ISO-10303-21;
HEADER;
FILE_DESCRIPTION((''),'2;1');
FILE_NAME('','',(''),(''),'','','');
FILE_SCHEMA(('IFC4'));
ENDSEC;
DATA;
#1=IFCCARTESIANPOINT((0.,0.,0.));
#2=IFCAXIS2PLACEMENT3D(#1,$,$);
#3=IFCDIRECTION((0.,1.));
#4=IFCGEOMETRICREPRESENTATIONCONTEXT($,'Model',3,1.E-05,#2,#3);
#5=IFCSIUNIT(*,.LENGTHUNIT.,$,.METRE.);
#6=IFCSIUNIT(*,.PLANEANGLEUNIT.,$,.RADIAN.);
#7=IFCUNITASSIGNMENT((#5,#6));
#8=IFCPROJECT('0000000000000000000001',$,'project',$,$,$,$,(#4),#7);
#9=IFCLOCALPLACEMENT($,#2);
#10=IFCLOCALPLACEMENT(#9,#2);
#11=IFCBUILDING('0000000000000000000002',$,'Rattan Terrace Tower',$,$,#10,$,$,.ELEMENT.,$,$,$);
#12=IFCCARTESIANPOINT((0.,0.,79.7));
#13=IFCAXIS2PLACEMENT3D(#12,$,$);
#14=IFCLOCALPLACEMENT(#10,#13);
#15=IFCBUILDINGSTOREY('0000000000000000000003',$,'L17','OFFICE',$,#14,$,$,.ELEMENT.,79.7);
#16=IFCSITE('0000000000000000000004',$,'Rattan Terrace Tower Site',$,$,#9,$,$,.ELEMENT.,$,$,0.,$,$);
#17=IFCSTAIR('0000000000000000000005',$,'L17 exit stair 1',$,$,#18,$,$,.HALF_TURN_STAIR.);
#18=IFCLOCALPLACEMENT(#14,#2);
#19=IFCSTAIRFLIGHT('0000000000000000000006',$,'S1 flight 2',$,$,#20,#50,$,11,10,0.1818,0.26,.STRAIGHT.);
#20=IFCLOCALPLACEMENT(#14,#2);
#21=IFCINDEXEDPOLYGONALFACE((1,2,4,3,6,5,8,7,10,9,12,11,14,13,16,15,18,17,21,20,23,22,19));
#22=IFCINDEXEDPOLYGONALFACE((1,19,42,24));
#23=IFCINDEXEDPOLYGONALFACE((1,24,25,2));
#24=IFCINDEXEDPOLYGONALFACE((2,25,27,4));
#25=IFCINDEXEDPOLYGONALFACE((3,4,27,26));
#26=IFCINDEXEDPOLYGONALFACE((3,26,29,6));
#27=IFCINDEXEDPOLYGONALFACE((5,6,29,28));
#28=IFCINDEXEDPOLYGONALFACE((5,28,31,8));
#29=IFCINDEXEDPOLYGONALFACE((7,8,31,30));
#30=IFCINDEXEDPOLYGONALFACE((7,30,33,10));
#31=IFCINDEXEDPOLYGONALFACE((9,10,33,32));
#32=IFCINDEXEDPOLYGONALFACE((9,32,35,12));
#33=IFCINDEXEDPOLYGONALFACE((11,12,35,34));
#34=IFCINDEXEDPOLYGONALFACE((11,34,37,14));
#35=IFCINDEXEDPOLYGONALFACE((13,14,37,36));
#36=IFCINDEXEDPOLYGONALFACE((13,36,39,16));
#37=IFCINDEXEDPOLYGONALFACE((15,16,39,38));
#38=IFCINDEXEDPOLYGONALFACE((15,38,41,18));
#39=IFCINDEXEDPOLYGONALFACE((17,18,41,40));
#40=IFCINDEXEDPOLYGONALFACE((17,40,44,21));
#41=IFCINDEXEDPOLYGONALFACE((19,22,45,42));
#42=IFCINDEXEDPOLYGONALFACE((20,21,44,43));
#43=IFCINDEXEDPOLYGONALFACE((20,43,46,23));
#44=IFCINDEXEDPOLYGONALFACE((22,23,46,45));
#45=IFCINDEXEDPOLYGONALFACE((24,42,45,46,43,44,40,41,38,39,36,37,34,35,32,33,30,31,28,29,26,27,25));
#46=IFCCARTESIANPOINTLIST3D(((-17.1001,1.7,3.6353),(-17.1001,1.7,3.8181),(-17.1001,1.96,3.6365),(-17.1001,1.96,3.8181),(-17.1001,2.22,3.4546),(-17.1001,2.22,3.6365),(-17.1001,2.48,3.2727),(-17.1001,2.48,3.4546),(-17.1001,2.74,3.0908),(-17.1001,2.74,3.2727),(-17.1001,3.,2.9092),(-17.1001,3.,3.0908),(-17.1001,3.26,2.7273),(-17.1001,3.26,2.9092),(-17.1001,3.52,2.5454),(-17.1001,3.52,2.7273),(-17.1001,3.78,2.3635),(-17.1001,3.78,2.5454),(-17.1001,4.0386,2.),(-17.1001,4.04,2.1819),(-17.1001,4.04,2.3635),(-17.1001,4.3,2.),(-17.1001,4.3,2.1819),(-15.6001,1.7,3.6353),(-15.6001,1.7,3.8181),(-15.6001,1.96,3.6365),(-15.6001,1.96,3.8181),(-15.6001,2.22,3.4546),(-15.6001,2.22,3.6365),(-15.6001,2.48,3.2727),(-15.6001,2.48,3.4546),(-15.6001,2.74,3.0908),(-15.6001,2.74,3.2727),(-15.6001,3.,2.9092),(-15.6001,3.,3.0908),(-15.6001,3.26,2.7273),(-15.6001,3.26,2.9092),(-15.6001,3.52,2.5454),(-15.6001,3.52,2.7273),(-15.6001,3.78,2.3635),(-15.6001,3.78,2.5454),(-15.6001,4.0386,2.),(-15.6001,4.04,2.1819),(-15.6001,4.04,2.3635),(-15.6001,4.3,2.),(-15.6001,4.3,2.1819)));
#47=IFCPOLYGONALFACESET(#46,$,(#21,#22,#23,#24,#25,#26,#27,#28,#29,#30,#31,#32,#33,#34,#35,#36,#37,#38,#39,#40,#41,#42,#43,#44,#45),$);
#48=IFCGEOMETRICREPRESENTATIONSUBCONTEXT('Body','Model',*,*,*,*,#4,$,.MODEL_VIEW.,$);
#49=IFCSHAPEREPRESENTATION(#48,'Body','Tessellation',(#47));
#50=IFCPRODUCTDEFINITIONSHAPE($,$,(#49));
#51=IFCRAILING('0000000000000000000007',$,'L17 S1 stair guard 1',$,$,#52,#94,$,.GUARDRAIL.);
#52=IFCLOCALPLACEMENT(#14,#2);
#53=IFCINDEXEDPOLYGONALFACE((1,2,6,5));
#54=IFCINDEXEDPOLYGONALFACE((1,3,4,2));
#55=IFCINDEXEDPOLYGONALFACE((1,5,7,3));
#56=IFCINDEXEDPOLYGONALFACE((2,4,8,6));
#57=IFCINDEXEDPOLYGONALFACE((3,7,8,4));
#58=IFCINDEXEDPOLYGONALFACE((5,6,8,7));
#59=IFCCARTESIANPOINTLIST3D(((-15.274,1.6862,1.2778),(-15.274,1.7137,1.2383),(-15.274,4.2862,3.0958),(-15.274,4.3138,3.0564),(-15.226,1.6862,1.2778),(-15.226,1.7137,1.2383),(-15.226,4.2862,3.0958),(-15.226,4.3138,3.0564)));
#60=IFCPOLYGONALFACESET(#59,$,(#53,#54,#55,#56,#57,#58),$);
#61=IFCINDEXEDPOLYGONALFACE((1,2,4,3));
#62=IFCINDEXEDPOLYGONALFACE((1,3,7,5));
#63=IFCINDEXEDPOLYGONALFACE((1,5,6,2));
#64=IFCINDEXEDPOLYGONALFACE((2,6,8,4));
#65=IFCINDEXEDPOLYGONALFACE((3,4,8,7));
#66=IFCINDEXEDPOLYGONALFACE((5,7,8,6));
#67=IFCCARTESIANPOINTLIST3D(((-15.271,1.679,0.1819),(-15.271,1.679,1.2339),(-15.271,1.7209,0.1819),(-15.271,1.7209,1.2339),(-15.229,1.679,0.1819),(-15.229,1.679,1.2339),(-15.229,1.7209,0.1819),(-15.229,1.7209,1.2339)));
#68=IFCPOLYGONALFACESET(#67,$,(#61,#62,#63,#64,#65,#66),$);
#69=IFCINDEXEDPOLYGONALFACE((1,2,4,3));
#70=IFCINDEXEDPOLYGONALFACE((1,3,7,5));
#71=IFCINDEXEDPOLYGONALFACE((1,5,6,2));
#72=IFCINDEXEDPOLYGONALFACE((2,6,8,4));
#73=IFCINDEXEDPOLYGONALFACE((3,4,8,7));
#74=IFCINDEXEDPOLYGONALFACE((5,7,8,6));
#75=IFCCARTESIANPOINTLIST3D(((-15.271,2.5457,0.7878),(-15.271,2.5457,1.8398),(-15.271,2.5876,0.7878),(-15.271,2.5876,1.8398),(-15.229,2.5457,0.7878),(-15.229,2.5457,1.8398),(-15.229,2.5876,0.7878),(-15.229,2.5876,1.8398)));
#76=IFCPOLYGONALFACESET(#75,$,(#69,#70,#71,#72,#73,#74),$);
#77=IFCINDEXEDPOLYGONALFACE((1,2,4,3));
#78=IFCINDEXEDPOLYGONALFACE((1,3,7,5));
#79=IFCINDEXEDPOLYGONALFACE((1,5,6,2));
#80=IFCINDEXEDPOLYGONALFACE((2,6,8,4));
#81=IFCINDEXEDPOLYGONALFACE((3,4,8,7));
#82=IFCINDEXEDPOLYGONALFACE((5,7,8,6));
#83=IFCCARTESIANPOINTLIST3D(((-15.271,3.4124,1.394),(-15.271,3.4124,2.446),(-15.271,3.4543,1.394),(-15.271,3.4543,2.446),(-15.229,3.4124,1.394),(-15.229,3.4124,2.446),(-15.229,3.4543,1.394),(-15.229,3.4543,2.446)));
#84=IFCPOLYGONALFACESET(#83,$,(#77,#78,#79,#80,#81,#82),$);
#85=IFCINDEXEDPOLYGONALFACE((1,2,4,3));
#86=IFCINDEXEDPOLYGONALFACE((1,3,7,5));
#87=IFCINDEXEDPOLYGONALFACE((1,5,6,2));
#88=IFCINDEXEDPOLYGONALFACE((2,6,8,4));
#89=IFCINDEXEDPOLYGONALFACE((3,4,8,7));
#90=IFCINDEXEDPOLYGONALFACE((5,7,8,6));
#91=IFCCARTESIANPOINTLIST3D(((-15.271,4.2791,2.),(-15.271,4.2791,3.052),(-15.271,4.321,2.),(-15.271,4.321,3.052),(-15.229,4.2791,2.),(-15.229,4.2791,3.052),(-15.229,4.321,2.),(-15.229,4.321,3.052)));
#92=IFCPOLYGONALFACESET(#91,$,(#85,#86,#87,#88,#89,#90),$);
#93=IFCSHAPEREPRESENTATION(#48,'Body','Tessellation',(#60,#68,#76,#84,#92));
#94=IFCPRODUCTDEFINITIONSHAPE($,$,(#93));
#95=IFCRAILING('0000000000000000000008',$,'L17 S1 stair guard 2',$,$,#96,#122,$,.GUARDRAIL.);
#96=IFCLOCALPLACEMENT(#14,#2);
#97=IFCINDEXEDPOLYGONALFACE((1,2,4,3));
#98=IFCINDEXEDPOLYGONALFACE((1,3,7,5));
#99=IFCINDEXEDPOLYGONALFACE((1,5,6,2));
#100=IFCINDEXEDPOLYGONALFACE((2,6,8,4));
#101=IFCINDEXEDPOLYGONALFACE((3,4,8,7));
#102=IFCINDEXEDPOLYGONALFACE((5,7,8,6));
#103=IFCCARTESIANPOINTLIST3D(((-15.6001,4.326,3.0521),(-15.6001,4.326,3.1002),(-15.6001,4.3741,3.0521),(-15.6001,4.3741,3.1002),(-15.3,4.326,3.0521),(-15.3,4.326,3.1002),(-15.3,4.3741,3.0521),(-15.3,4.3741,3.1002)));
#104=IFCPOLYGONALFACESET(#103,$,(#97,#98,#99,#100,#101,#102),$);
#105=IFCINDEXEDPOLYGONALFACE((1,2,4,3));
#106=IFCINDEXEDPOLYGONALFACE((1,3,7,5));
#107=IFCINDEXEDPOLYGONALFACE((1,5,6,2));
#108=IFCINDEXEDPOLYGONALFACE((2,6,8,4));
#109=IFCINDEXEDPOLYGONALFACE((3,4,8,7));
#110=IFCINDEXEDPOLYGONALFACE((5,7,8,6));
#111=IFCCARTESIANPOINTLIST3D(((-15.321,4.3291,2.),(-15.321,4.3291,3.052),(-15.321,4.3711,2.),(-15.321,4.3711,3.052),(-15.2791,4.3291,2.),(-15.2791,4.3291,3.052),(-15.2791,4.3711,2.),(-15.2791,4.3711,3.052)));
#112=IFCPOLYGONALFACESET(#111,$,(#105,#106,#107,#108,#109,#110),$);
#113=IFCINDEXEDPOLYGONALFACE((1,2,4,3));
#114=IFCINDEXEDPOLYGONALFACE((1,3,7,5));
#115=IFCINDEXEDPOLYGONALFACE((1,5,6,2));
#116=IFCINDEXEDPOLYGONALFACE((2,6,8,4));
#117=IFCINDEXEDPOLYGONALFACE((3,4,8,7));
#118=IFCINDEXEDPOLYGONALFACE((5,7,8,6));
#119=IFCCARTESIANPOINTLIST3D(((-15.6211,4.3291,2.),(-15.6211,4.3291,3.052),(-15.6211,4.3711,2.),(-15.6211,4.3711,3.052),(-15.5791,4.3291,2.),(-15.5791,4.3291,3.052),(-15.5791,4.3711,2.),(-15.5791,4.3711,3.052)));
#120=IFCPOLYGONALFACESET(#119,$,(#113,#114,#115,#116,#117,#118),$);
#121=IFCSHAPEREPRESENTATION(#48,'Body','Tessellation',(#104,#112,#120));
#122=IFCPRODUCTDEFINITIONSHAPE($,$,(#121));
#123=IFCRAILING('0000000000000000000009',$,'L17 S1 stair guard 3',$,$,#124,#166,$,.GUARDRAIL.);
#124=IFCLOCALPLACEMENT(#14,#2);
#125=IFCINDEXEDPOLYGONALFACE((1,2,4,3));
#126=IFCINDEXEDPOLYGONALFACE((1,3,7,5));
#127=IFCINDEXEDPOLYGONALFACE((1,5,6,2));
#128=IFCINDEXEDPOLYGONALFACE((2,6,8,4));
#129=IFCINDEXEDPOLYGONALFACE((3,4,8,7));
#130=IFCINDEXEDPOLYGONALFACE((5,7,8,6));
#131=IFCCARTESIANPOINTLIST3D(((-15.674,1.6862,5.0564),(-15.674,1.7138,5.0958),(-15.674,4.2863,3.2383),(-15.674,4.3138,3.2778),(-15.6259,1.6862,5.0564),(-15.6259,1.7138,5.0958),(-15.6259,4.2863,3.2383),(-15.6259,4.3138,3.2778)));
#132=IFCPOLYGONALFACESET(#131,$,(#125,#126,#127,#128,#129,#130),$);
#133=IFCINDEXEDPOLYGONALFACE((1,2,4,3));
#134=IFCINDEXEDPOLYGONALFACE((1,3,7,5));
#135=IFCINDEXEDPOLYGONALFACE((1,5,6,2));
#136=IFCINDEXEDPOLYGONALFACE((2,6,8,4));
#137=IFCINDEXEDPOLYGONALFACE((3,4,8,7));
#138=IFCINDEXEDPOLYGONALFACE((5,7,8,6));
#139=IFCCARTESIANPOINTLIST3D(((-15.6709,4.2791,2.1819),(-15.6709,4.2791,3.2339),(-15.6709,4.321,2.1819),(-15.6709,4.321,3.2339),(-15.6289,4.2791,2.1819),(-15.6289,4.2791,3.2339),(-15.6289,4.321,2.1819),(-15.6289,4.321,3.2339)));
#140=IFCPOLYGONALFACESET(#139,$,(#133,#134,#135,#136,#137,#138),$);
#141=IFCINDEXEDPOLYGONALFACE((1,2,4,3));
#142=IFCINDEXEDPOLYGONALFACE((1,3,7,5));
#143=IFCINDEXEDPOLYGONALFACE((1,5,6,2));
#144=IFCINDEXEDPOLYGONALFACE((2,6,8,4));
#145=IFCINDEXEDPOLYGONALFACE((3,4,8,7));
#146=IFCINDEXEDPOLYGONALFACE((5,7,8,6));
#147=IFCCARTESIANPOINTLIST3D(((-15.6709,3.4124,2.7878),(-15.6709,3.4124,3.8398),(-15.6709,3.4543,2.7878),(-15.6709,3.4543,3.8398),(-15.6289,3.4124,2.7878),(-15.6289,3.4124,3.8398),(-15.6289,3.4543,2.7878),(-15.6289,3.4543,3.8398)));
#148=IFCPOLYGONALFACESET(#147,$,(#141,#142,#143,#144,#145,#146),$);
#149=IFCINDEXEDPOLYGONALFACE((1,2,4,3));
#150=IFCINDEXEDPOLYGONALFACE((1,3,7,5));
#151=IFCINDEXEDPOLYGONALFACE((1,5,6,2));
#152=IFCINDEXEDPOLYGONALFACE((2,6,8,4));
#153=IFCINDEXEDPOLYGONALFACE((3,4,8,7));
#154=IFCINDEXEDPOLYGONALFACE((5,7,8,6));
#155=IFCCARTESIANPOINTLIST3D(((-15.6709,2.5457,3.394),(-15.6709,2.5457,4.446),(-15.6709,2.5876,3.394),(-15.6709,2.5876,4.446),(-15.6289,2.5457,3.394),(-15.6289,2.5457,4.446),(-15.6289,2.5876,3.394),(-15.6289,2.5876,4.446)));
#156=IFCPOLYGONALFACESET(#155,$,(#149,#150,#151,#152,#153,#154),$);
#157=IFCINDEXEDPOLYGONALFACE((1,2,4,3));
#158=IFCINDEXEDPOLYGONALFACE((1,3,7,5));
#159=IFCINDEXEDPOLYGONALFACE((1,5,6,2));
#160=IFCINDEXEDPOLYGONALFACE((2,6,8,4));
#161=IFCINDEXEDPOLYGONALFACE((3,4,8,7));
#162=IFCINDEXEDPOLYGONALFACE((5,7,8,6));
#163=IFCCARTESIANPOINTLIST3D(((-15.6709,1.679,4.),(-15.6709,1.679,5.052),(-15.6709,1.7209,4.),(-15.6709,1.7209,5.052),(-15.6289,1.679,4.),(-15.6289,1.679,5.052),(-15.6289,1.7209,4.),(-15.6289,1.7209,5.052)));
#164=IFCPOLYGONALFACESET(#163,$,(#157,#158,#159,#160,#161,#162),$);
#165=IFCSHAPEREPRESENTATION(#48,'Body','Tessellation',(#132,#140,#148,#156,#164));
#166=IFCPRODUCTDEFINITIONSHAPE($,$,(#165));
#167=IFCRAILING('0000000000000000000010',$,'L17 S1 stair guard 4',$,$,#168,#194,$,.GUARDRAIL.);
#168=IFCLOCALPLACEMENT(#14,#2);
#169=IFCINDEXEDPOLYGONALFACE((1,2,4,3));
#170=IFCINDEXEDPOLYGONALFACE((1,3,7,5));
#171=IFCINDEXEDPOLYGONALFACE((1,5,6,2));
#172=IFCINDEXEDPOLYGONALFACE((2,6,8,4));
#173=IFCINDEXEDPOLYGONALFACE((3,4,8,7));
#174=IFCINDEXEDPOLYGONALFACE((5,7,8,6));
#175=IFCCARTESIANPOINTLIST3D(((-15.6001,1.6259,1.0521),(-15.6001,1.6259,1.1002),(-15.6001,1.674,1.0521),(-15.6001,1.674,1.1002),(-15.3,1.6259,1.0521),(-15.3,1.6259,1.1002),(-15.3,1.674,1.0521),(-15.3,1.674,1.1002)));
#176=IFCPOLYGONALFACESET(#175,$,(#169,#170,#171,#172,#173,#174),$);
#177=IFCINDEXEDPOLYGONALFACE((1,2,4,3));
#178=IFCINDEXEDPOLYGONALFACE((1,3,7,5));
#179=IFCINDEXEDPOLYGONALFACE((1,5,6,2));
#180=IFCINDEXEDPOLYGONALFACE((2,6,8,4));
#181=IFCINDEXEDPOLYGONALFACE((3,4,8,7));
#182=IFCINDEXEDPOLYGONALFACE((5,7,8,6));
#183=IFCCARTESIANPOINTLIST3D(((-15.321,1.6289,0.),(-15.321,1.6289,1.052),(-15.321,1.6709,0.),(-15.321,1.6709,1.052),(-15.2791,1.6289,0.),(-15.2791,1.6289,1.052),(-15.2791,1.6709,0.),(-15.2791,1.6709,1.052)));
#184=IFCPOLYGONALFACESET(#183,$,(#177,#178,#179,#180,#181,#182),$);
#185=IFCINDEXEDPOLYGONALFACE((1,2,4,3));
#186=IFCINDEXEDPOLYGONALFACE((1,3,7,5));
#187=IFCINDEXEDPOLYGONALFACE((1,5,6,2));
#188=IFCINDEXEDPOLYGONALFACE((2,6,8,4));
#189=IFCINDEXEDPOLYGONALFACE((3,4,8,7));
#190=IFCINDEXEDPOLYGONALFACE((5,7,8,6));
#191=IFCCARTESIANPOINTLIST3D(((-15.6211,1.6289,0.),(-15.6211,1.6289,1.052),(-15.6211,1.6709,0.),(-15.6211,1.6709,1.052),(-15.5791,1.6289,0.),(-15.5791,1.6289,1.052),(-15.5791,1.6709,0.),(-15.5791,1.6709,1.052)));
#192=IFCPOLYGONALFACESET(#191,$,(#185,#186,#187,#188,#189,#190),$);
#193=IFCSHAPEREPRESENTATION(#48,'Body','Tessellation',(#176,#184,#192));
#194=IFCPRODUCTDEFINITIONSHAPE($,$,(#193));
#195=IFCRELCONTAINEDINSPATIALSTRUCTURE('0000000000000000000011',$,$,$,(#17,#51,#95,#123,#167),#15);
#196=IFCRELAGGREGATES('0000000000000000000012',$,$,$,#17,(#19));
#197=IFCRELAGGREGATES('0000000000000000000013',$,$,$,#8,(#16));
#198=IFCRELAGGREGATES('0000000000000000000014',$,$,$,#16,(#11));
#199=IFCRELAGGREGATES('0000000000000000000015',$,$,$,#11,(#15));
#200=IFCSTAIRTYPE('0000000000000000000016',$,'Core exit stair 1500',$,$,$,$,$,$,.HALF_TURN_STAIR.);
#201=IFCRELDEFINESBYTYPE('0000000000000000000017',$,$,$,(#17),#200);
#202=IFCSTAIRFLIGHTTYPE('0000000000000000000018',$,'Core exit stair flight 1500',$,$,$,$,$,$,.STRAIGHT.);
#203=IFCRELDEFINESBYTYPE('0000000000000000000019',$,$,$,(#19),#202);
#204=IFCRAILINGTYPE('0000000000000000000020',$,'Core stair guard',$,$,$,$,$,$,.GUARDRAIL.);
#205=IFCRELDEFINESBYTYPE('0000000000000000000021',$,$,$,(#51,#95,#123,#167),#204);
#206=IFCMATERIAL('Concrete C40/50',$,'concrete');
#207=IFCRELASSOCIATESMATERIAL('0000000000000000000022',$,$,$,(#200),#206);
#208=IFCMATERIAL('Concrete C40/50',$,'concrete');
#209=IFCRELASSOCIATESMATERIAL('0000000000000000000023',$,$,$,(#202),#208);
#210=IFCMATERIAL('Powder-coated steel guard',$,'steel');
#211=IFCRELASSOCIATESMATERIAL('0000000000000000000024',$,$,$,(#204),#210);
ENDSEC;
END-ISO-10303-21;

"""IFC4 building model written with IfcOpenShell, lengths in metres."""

from ifc_helpers import new_model, si_unit, direction, frame, origin, origin_2d, place, context, subcontext, project, spatial, polyline, rectangle, outline, extrude, material, type_object, element, aggregate, save


model = new_model("IFC4")

# Units and contexts
model_context = context("Model", 3, precision=1e-05, world=origin(), true_north=direction((0.0, 1.0)))
body_context = subcontext(model_context, "Body", "Model", "MODEL_VIEW")
ifc_project = project(units=[si_unit("LENGTHUNIT", "METRE"), si_unit("PLANEANGLEUNIT", "RADIAN")], contexts=[model_context])

# Site, building, storey
site_placement = place(None, origin())
site = spatial("IfcSite", under=ifc_project, at=site_placement, Name="Rattan Terrace Tower Site", CompositionType="ELEMENT", RefElevation=0.0)
building_placement = place(site_placement, origin())
building = spatial("IfcBuilding", under=site, at=building_placement, Name="Rattan Terrace Tower", CompositionType="ELEMENT")
storey_placement = place(building_placement, frame((0.0, 0.0, 79.7)))
storey = spatial("IfcBuildingStorey", under=building, at=storey_placement, Name="L17", Description="OFFICE", CompositionType="ELEMENT", Elevation=79.7)

# Stair, stair flight
ifc_material_1 = material(Name="Concrete C40/50", Category="concrete")
stair_type = type_object("IfcStairType", Name="Core exit stair 1500", PredefinedType="HALF_TURN_STAIR", material=ifc_material_1)
stair_placement = place(storey_placement, origin())
stair = element("IfcStair", 1, at=stair_placement, inside=storey, type_object=stair_type, Name="L17 exit stair 1", PredefinedType="HALF_TURN_STAIR")
ifc_material_2 = material(Name="Concrete C40/50", Category="concrete")
stair_flight_type = type_object("IfcStairFlightType", Name="Core exit stair flight 1500", PredefinedType="STRAIGHT", material=ifc_material_2)
stair_flight_1_placement = place(storey_placement, frame((-16.3501, 4.3, 2.0), z_axis=(0.0, 0.0, 1.0), x_axis=(0.0, -1.0, 0.0)))
stair_flight_1 = element("IfcStairFlight", 2, at=stair_flight_1_placement, type_object=stair_flight_type, Name="S1 flight 2", NumberOfRisers=11, NumberOfTreads=10, PredefinedType="STRAIGHT", RiserHeight=0.1818, TreadLength=0.26, context=body_context, shape_type="SweptSolid", body=[
    extrude(outline(polyline([(0.0, 0.0), (0.0, 0.1819), (0.26, 0.1819), (0.26, 0.3635), (0.52, 0.3635), (0.52, 0.5454), (0.78, 0.5454), (0.78, 0.7273), (1.04, 0.7273), (1.04, 0.9092), (1.3, 0.9092), (1.3, 1.0908), (1.5601, 1.0908), (1.5601, 1.2727), (1.8201, 1.2727), (1.8201, 1.4546), (2.0801, 1.4546), (2.0801, 1.6365), (2.3401, 1.6365), (2.3401, 1.8181), (2.6001, 1.8181), (2.6001, 2.0), (2.6001, 1.6353), (0.2615, 0.0), (0.0, 0.0)])), frame((0.0, 0.75, 0.0), z_axis=(0.0, -1.0, 0.0), x_axis=(1.0, 0.0, 0.0)), (0.0, 0.0, 1.0), 1.5),
])
aggregate(stair, [stair_flight_1])

# Railings
ifc_material_3 = material(Name="Powder-coated steel guard", Category="steel")
railing_type_1 = type_object("IfcRailingType", Name="Core stair guard", PredefinedType="GUARDRAIL", material=ifc_material_3)
railing_1_placement = place(storey_placement, frame((-15.25, 1.7, 0.1819)))
element("IfcRailing", 3, at=railing_1_placement, inside=storey, type_object=railing_type_1, Name="L17 S1 stair guard 1", PredefinedType="GUARDRAIL", context=body_context, shape_type="SweptSolid", body=[
    extrude(rectangle(XDim=0.0481, YDim=0.0481, at=origin_2d()), frame((0.0, 0.0, 1.0762), z_axis=(0.0, 0.819521, 0.573049), x_axis=(-1.0, 0.0, 0.0)), (0.0, 0.0, 1.0), 3.1726),
    extrude(rectangle(XDim=0.042, YDim=0.042, at=origin_2d()), origin(), (0.0, 0.0, 1.0), 1.052),
    extrude(rectangle(XDim=0.042, YDim=0.042, at=origin_2d()), frame((0.0, 0.8667, 0.606)), (0.0, 0.0, 1.0), 1.052),
    extrude(rectangle(XDim=0.042, YDim=0.042, at=origin_2d()), frame((0.0, 1.7334, 1.2122)), (0.0, 0.0, 1.0), 1.052),
    extrude(rectangle(XDim=0.042, YDim=0.042, at=origin_2d()), frame((0.0, 2.6001, 1.8181)), (0.0, 0.0, 1.0), 1.052),
])
railing_2_placement = place(storey_placement, frame((-15.3, 4.3501, 2.0)))
element("IfcRailing", 4, at=railing_2_placement, inside=storey, type_object=railing_type_1, Name="L17 S1 stair guard 2", PredefinedType="GUARDRAIL", context=body_context, shape_type="SweptSolid", body=[
    extrude(rectangle(XDim=0.0481, YDim=0.0481, at=origin_2d()), frame((0.0, 0.0, 1.0762), z_axis=(-1.0, 0.0, 0.0), x_axis=(0.0, -1.0, 0.0)), (0.0, 0.0, 1.0), 0.3),
    extrude(rectangle(XDim=0.042, YDim=0.042, at=origin_2d()), origin(), (0.0, 0.0, 1.0), 1.052),
    extrude(rectangle(XDim=0.042, YDim=0.042, at=origin_2d()), frame((-0.3, 0.0, 0.0)), (0.0, 0.0, 1.0), 1.052),
])
railing_3_placement = place(storey_placement, frame((-15.6499, 4.3, 2.1819)))
element("IfcRailing", 5, at=railing_3_placement, inside=storey, type_object=railing_type_1, Name="L17 S1 stair guard 3", PredefinedType="GUARDRAIL", context=body_context, shape_type="SweptSolid", body=[
    extrude(rectangle(XDim=0.0481, YDim=0.0481, at=origin_2d()), frame((0.0, 0.0, 1.0762), z_axis=(0.0, -0.819521, 0.573049), x_axis=(1.0, 0.0, 0.0)), (0.0, 0.0, 1.0), 3.1726),
    extrude(rectangle(XDim=0.042, YDim=0.042, at=origin_2d()), origin(), (0.0, 0.0, 1.0), 1.052),
    extrude(rectangle(XDim=0.042, YDim=0.042, at=origin_2d()), frame((0.0, -0.8667, 0.606)), (0.0, 0.0, 1.0), 1.052),
    extrude(rectangle(XDim=0.042, YDim=0.042, at=origin_2d()), frame((0.0, -1.7334, 1.2122)), (0.0, 0.0, 1.0), 1.052),
    extrude(rectangle(XDim=0.042, YDim=0.042, at=origin_2d()), frame((0.0, -2.6001, 1.8181)), (0.0, 0.0, 1.0), 1.052),
])
railing_4_placement = place(storey_placement, frame((-15.3, 1.6499, 0.0)))
element("IfcRailing", 6, at=railing_4_placement, inside=storey, type_object=railing_type_1, Name="L17 S1 stair guard 4", PredefinedType="GUARDRAIL", context=body_context, shape_type="SweptSolid", body=[
    extrude(rectangle(XDim=0.0481, YDim=0.0481, at=origin_2d()), frame((0.0, 0.0, 1.0762), z_axis=(-1.0, 0.0, 0.0), x_axis=(0.0, -1.0, 0.0)), (0.0, 0.0, 1.0), 0.3),
    extrude(rectangle(XDim=0.042, YDim=0.042, at=origin_2d()), origin(), (0.0, 0.0, 1.0), 1.052),
    extrude(rectangle(XDim=0.042, YDim=0.042, at=origin_2d()), frame((-0.3, 0.0, 0.0)), (0.0, 0.0, 1.0), 1.052),
])

save(model, "model.ifc")
